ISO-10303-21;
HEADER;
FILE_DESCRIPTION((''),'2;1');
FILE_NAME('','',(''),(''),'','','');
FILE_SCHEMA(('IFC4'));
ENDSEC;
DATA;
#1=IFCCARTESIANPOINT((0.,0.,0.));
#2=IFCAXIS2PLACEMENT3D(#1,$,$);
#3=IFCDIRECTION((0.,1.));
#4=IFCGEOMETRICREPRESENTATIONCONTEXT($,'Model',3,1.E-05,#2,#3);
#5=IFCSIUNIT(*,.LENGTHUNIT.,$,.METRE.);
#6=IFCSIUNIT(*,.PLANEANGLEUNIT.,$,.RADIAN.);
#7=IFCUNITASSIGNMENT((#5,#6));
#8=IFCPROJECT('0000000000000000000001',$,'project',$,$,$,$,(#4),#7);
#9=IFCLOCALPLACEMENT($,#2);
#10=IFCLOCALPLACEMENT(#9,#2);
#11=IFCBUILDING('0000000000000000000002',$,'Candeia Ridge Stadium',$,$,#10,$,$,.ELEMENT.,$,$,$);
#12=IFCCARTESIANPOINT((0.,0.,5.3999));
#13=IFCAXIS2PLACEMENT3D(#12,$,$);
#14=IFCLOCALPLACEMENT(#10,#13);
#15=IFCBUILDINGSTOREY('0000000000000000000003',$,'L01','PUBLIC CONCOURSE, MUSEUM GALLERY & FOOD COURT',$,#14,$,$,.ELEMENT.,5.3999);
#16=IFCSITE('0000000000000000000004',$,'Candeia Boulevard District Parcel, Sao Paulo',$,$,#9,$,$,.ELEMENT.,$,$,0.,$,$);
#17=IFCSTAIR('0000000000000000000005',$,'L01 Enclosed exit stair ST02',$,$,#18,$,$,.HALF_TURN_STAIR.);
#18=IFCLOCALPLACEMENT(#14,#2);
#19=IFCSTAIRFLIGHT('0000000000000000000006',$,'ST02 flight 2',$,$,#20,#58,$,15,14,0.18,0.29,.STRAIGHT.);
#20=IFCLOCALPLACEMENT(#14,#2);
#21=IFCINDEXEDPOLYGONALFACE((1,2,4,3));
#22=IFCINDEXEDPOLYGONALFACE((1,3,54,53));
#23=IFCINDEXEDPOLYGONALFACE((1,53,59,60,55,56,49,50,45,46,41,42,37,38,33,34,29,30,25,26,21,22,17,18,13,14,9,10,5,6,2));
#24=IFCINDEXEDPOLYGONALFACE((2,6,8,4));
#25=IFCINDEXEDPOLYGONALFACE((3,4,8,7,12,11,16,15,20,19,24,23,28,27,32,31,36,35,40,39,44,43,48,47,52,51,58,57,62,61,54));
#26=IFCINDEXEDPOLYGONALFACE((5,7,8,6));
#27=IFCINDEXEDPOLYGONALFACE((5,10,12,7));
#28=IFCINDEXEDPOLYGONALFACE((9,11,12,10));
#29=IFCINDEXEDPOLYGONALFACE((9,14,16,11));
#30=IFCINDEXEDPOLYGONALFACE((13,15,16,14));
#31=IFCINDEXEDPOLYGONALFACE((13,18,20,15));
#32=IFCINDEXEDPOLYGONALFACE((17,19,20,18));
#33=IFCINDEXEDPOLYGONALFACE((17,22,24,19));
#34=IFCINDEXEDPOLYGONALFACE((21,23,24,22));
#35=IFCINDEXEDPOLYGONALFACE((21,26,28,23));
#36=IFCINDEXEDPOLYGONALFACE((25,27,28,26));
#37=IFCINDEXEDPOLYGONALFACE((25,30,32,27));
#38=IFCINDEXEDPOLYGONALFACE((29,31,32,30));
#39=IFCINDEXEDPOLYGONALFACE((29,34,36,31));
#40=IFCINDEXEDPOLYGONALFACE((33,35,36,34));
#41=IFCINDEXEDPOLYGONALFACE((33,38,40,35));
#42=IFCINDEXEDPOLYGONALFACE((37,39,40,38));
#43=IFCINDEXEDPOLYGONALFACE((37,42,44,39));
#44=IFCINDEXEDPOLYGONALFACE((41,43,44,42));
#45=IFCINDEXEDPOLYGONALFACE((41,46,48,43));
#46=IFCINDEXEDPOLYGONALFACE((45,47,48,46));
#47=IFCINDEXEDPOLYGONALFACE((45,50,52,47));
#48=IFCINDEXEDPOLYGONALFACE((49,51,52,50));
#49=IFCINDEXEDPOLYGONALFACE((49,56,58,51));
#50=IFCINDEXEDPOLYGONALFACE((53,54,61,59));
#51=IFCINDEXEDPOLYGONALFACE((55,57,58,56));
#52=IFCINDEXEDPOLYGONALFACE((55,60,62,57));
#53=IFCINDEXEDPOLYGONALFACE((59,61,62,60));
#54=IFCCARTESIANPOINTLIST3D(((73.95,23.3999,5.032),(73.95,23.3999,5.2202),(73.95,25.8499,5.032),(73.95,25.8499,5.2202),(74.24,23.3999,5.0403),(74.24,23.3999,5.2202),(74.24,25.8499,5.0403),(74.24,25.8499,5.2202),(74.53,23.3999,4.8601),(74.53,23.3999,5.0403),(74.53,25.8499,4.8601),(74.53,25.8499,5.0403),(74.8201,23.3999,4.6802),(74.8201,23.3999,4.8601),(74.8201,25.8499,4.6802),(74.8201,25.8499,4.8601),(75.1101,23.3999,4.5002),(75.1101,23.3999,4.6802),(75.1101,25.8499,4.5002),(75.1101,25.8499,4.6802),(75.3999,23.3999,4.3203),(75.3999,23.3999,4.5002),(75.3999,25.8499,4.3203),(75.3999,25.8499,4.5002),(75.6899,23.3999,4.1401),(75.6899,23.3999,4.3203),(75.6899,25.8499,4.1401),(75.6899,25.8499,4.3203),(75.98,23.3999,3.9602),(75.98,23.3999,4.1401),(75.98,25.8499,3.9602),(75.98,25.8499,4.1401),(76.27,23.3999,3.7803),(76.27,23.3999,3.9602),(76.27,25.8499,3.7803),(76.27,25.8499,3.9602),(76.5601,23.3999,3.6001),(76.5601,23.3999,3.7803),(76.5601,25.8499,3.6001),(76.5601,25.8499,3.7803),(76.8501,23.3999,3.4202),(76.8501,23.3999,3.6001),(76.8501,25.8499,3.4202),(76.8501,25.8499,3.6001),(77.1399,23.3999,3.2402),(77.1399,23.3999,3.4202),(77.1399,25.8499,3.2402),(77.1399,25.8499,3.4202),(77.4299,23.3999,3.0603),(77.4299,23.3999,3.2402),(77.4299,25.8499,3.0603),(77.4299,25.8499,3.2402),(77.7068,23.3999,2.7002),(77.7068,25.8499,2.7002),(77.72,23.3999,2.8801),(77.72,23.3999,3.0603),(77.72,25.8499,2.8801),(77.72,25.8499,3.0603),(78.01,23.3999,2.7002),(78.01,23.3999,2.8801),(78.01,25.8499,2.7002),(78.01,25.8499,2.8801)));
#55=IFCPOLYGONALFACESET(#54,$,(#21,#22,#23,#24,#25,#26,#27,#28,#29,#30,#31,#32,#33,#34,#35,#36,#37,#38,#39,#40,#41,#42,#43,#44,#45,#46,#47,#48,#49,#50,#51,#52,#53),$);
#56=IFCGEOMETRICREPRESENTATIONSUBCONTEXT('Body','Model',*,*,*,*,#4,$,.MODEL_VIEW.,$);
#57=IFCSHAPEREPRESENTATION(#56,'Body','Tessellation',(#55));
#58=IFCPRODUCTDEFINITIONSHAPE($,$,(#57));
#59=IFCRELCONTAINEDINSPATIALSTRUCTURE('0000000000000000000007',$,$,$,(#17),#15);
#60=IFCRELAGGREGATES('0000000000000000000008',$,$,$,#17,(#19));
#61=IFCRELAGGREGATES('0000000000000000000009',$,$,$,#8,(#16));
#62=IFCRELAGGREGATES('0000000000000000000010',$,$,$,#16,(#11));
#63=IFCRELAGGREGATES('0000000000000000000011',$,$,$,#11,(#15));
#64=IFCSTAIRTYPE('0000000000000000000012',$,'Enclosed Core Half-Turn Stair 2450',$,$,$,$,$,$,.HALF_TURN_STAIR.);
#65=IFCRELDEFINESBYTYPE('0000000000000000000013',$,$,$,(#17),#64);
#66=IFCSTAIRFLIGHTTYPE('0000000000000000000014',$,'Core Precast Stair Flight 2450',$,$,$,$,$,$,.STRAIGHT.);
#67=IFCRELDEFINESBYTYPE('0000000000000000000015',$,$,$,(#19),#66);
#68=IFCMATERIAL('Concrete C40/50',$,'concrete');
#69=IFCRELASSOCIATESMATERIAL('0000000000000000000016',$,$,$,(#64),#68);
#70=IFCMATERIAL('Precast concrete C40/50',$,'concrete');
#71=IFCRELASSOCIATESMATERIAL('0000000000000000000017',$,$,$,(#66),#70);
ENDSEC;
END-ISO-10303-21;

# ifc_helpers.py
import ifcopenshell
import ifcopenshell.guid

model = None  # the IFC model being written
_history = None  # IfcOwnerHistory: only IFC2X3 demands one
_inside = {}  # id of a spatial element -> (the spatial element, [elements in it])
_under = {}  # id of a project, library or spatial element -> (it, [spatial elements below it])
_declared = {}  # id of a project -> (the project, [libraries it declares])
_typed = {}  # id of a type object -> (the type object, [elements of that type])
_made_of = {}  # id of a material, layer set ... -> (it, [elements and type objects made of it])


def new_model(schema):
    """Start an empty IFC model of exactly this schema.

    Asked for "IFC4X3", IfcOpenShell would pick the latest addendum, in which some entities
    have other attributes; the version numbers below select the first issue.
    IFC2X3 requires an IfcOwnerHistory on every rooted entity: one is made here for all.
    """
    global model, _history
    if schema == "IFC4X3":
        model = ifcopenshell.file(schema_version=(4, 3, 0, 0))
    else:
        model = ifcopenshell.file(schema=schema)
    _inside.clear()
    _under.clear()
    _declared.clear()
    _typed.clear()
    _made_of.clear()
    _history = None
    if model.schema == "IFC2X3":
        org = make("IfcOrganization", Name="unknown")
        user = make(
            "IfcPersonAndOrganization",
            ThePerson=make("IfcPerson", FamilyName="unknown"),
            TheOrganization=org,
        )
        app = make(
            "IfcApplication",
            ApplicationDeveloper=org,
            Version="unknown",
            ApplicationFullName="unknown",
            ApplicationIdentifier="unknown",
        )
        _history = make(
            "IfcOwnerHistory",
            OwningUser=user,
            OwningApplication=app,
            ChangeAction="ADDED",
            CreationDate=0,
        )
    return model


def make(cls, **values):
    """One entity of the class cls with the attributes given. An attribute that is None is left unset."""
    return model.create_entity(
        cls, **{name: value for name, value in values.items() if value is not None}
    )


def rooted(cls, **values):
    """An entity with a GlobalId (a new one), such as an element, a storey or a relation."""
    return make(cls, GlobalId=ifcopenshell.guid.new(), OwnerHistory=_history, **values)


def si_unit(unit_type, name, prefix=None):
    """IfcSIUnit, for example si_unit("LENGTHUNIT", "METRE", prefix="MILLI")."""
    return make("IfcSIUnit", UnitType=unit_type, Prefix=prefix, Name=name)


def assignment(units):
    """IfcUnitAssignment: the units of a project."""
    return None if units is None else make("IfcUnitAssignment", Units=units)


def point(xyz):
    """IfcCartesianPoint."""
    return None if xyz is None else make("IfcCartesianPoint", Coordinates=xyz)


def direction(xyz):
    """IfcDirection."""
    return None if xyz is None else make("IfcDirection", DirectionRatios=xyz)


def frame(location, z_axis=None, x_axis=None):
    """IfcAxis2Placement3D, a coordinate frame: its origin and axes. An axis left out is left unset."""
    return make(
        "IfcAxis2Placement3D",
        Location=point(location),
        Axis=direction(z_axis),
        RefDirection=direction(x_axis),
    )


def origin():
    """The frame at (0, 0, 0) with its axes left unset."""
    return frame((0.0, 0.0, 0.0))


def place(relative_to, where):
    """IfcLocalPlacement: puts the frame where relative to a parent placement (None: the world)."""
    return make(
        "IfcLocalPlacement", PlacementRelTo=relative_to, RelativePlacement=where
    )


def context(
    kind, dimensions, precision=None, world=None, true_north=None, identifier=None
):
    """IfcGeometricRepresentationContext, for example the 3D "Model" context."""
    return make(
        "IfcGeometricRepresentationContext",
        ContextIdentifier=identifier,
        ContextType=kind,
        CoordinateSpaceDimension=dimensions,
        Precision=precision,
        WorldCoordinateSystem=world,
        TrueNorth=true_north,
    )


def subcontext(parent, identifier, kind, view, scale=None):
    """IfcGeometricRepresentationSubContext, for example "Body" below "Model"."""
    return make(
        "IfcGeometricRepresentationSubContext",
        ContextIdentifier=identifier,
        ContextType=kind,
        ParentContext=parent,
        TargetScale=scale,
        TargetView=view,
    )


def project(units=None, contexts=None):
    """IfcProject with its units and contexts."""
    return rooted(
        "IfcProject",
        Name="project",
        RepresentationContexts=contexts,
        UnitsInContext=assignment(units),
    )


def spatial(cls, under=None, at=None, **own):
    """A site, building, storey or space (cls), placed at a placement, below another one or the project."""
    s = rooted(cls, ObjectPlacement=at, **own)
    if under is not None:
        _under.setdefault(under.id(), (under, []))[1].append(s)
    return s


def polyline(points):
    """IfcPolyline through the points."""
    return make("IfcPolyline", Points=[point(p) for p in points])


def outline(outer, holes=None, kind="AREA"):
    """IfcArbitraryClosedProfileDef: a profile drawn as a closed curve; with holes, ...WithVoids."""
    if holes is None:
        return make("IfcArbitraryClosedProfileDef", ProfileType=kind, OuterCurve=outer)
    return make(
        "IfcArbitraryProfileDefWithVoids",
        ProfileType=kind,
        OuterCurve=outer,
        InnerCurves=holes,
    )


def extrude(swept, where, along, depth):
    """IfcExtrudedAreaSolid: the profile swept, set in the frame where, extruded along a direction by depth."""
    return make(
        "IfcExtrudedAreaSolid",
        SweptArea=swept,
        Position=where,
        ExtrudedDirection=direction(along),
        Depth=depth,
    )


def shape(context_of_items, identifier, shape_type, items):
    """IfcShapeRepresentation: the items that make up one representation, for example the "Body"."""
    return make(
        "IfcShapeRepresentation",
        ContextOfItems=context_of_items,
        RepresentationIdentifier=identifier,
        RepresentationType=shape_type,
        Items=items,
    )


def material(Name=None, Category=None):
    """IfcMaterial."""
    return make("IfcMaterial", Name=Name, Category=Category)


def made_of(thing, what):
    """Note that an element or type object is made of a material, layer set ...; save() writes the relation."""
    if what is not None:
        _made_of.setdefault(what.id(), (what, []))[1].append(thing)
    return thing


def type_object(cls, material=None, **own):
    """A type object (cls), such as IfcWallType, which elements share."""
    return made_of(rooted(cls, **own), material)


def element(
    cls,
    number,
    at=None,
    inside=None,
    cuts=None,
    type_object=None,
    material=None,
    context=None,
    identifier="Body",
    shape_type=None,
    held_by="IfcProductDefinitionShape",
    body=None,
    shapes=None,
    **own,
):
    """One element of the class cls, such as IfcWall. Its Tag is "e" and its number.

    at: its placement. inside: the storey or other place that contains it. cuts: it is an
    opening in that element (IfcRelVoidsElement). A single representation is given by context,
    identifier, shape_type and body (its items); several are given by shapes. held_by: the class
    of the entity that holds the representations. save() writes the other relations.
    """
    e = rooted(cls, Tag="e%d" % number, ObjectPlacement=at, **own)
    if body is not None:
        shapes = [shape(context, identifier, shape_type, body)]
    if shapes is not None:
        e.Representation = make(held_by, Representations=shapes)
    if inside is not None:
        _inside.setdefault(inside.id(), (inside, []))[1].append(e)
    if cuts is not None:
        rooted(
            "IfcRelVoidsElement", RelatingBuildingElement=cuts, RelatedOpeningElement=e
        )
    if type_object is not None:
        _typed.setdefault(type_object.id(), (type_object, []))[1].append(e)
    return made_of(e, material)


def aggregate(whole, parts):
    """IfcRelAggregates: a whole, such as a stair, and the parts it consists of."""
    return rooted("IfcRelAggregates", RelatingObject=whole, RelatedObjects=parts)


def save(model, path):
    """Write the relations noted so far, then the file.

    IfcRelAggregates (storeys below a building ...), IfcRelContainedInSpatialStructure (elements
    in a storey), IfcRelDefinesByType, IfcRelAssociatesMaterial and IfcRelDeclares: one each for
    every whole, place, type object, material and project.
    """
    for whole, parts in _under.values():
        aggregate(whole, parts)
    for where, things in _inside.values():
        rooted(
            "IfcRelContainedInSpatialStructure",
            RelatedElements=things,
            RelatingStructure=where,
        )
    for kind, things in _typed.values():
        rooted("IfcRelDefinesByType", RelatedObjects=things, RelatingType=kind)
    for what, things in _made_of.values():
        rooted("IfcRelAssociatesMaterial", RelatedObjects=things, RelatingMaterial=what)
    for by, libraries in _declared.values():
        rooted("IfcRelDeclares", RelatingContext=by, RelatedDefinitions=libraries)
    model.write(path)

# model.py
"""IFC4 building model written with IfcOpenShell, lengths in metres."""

from ifc_helpers import new_model, si_unit, direction, frame, origin, place, context, subcontext, project, spatial, polyline, outline, extrude, material, type_object, element, aggregate, save


model = new_model("IFC4")

# Units and contexts
model_context = context("Model", 3, precision=1e-05, world=origin(), true_north=direction((0.0, 1.0)))
body_context = subcontext(model_context, "Body", "Model", "MODEL_VIEW")
ifc_project = project(units=[si_unit("LENGTHUNIT", "METRE"), si_unit("PLANEANGLEUNIT", "RADIAN")], contexts=[model_context])

# Site, building, storey
site_placement = place(None, origin())
site = spatial("IfcSite", under=ifc_project, at=site_placement, Name="Candeia Boulevard District Parcel, Sao Paulo", CompositionType="ELEMENT", RefElevation=0.0)
building_placement = place(site_placement, origin())
building = spatial("IfcBuilding", under=site, at=building_placement, Name="Candeia Ridge Stadium", CompositionType="ELEMENT")
storey_placement = place(building_placement, frame((0.0, 0.0, 5.3999)))
storey = spatial("IfcBuildingStorey", under=building, at=storey_placement, Name="L01", Description="PUBLIC CONCOURSE, MUSEUM GALLERY & FOOD COURT", CompositionType="ELEMENT", Elevation=5.3999)

# Stair, stair flight
ifc_material_1 = material(Name="Concrete C40/50", Category="concrete")
stair_type = type_object("IfcStairType", Name="Enclosed Core Half-Turn Stair 2450", PredefinedType="HALF_TURN_STAIR", material=ifc_material_1)
stair_placement = place(storey_placement, origin())
stair = element("IfcStair", 1, at=stair_placement, inside=storey, type_object=stair_type, Name="L01 Enclosed exit stair ST02", PredefinedType="HALF_TURN_STAIR")
ifc_material_2 = material(Name="Precast concrete C40/50", Category="concrete")
stair_flight_type = type_object("IfcStairFlightType", Name="Core Precast Stair Flight 2450", PredefinedType="STRAIGHT", material=ifc_material_2)
stair_flight_1_placement = place(storey_placement, frame((78.01, 24.625, 2.7002), z_axis=(0.0, 0.0, 1.0), x_axis=(-1.0, 0.0, 0.0)))
stair_flight_1 = element("IfcStairFlight", 2, at=stair_flight_1_placement, type_object=stair_flight_type, Name="ST02 flight 2", NumberOfRisers=15, NumberOfTreads=14, PredefinedType="STRAIGHT", RiserHeight=0.18, TreadLength=0.29, context=body_context, shape_type="SweptSolid", body=[
    extrude(outline(polyline([(0.0, 0.0), (0.0, 0.1799), (0.29, 0.1799), (0.29, 0.3601), (0.5801, 0.3601), (0.5801, 0.54), (0.8701, 0.54), (0.8701, 0.72), (1.1599, 0.72), (1.1599, 0.8999), (1.45, 0.8999), (1.45, 1.0801), (1.74, 1.0801), (1.74, 1.26), (2.03, 1.26), (2.03, 1.4399), (2.3201, 1.4399), (2.3201, 1.6201), (2.6101, 1.6201), (2.6101, 1.8), (2.8999, 1.8), (2.8999, 1.98), (3.1899, 1.98), (3.1899, 2.1599), (3.48, 2.1599), (3.48, 2.3401), (3.77, 2.3401), (3.77, 2.52), (4.0601, 2.52), (4.0601, 2.7), (4.0601, 2.3318), (0.3032, 0.0), (0.0, 0.0)])), frame((0.0, 1.2251, 0.0), z_axis=(0.0, -1.0, 0.0), x_axis=(1.0, 0.0, 0.0)), (0.0, 0.0, 1.0), 2.45),
])
aggregate(stair, [stair_flight_1])

save(model, "model.ifc")
